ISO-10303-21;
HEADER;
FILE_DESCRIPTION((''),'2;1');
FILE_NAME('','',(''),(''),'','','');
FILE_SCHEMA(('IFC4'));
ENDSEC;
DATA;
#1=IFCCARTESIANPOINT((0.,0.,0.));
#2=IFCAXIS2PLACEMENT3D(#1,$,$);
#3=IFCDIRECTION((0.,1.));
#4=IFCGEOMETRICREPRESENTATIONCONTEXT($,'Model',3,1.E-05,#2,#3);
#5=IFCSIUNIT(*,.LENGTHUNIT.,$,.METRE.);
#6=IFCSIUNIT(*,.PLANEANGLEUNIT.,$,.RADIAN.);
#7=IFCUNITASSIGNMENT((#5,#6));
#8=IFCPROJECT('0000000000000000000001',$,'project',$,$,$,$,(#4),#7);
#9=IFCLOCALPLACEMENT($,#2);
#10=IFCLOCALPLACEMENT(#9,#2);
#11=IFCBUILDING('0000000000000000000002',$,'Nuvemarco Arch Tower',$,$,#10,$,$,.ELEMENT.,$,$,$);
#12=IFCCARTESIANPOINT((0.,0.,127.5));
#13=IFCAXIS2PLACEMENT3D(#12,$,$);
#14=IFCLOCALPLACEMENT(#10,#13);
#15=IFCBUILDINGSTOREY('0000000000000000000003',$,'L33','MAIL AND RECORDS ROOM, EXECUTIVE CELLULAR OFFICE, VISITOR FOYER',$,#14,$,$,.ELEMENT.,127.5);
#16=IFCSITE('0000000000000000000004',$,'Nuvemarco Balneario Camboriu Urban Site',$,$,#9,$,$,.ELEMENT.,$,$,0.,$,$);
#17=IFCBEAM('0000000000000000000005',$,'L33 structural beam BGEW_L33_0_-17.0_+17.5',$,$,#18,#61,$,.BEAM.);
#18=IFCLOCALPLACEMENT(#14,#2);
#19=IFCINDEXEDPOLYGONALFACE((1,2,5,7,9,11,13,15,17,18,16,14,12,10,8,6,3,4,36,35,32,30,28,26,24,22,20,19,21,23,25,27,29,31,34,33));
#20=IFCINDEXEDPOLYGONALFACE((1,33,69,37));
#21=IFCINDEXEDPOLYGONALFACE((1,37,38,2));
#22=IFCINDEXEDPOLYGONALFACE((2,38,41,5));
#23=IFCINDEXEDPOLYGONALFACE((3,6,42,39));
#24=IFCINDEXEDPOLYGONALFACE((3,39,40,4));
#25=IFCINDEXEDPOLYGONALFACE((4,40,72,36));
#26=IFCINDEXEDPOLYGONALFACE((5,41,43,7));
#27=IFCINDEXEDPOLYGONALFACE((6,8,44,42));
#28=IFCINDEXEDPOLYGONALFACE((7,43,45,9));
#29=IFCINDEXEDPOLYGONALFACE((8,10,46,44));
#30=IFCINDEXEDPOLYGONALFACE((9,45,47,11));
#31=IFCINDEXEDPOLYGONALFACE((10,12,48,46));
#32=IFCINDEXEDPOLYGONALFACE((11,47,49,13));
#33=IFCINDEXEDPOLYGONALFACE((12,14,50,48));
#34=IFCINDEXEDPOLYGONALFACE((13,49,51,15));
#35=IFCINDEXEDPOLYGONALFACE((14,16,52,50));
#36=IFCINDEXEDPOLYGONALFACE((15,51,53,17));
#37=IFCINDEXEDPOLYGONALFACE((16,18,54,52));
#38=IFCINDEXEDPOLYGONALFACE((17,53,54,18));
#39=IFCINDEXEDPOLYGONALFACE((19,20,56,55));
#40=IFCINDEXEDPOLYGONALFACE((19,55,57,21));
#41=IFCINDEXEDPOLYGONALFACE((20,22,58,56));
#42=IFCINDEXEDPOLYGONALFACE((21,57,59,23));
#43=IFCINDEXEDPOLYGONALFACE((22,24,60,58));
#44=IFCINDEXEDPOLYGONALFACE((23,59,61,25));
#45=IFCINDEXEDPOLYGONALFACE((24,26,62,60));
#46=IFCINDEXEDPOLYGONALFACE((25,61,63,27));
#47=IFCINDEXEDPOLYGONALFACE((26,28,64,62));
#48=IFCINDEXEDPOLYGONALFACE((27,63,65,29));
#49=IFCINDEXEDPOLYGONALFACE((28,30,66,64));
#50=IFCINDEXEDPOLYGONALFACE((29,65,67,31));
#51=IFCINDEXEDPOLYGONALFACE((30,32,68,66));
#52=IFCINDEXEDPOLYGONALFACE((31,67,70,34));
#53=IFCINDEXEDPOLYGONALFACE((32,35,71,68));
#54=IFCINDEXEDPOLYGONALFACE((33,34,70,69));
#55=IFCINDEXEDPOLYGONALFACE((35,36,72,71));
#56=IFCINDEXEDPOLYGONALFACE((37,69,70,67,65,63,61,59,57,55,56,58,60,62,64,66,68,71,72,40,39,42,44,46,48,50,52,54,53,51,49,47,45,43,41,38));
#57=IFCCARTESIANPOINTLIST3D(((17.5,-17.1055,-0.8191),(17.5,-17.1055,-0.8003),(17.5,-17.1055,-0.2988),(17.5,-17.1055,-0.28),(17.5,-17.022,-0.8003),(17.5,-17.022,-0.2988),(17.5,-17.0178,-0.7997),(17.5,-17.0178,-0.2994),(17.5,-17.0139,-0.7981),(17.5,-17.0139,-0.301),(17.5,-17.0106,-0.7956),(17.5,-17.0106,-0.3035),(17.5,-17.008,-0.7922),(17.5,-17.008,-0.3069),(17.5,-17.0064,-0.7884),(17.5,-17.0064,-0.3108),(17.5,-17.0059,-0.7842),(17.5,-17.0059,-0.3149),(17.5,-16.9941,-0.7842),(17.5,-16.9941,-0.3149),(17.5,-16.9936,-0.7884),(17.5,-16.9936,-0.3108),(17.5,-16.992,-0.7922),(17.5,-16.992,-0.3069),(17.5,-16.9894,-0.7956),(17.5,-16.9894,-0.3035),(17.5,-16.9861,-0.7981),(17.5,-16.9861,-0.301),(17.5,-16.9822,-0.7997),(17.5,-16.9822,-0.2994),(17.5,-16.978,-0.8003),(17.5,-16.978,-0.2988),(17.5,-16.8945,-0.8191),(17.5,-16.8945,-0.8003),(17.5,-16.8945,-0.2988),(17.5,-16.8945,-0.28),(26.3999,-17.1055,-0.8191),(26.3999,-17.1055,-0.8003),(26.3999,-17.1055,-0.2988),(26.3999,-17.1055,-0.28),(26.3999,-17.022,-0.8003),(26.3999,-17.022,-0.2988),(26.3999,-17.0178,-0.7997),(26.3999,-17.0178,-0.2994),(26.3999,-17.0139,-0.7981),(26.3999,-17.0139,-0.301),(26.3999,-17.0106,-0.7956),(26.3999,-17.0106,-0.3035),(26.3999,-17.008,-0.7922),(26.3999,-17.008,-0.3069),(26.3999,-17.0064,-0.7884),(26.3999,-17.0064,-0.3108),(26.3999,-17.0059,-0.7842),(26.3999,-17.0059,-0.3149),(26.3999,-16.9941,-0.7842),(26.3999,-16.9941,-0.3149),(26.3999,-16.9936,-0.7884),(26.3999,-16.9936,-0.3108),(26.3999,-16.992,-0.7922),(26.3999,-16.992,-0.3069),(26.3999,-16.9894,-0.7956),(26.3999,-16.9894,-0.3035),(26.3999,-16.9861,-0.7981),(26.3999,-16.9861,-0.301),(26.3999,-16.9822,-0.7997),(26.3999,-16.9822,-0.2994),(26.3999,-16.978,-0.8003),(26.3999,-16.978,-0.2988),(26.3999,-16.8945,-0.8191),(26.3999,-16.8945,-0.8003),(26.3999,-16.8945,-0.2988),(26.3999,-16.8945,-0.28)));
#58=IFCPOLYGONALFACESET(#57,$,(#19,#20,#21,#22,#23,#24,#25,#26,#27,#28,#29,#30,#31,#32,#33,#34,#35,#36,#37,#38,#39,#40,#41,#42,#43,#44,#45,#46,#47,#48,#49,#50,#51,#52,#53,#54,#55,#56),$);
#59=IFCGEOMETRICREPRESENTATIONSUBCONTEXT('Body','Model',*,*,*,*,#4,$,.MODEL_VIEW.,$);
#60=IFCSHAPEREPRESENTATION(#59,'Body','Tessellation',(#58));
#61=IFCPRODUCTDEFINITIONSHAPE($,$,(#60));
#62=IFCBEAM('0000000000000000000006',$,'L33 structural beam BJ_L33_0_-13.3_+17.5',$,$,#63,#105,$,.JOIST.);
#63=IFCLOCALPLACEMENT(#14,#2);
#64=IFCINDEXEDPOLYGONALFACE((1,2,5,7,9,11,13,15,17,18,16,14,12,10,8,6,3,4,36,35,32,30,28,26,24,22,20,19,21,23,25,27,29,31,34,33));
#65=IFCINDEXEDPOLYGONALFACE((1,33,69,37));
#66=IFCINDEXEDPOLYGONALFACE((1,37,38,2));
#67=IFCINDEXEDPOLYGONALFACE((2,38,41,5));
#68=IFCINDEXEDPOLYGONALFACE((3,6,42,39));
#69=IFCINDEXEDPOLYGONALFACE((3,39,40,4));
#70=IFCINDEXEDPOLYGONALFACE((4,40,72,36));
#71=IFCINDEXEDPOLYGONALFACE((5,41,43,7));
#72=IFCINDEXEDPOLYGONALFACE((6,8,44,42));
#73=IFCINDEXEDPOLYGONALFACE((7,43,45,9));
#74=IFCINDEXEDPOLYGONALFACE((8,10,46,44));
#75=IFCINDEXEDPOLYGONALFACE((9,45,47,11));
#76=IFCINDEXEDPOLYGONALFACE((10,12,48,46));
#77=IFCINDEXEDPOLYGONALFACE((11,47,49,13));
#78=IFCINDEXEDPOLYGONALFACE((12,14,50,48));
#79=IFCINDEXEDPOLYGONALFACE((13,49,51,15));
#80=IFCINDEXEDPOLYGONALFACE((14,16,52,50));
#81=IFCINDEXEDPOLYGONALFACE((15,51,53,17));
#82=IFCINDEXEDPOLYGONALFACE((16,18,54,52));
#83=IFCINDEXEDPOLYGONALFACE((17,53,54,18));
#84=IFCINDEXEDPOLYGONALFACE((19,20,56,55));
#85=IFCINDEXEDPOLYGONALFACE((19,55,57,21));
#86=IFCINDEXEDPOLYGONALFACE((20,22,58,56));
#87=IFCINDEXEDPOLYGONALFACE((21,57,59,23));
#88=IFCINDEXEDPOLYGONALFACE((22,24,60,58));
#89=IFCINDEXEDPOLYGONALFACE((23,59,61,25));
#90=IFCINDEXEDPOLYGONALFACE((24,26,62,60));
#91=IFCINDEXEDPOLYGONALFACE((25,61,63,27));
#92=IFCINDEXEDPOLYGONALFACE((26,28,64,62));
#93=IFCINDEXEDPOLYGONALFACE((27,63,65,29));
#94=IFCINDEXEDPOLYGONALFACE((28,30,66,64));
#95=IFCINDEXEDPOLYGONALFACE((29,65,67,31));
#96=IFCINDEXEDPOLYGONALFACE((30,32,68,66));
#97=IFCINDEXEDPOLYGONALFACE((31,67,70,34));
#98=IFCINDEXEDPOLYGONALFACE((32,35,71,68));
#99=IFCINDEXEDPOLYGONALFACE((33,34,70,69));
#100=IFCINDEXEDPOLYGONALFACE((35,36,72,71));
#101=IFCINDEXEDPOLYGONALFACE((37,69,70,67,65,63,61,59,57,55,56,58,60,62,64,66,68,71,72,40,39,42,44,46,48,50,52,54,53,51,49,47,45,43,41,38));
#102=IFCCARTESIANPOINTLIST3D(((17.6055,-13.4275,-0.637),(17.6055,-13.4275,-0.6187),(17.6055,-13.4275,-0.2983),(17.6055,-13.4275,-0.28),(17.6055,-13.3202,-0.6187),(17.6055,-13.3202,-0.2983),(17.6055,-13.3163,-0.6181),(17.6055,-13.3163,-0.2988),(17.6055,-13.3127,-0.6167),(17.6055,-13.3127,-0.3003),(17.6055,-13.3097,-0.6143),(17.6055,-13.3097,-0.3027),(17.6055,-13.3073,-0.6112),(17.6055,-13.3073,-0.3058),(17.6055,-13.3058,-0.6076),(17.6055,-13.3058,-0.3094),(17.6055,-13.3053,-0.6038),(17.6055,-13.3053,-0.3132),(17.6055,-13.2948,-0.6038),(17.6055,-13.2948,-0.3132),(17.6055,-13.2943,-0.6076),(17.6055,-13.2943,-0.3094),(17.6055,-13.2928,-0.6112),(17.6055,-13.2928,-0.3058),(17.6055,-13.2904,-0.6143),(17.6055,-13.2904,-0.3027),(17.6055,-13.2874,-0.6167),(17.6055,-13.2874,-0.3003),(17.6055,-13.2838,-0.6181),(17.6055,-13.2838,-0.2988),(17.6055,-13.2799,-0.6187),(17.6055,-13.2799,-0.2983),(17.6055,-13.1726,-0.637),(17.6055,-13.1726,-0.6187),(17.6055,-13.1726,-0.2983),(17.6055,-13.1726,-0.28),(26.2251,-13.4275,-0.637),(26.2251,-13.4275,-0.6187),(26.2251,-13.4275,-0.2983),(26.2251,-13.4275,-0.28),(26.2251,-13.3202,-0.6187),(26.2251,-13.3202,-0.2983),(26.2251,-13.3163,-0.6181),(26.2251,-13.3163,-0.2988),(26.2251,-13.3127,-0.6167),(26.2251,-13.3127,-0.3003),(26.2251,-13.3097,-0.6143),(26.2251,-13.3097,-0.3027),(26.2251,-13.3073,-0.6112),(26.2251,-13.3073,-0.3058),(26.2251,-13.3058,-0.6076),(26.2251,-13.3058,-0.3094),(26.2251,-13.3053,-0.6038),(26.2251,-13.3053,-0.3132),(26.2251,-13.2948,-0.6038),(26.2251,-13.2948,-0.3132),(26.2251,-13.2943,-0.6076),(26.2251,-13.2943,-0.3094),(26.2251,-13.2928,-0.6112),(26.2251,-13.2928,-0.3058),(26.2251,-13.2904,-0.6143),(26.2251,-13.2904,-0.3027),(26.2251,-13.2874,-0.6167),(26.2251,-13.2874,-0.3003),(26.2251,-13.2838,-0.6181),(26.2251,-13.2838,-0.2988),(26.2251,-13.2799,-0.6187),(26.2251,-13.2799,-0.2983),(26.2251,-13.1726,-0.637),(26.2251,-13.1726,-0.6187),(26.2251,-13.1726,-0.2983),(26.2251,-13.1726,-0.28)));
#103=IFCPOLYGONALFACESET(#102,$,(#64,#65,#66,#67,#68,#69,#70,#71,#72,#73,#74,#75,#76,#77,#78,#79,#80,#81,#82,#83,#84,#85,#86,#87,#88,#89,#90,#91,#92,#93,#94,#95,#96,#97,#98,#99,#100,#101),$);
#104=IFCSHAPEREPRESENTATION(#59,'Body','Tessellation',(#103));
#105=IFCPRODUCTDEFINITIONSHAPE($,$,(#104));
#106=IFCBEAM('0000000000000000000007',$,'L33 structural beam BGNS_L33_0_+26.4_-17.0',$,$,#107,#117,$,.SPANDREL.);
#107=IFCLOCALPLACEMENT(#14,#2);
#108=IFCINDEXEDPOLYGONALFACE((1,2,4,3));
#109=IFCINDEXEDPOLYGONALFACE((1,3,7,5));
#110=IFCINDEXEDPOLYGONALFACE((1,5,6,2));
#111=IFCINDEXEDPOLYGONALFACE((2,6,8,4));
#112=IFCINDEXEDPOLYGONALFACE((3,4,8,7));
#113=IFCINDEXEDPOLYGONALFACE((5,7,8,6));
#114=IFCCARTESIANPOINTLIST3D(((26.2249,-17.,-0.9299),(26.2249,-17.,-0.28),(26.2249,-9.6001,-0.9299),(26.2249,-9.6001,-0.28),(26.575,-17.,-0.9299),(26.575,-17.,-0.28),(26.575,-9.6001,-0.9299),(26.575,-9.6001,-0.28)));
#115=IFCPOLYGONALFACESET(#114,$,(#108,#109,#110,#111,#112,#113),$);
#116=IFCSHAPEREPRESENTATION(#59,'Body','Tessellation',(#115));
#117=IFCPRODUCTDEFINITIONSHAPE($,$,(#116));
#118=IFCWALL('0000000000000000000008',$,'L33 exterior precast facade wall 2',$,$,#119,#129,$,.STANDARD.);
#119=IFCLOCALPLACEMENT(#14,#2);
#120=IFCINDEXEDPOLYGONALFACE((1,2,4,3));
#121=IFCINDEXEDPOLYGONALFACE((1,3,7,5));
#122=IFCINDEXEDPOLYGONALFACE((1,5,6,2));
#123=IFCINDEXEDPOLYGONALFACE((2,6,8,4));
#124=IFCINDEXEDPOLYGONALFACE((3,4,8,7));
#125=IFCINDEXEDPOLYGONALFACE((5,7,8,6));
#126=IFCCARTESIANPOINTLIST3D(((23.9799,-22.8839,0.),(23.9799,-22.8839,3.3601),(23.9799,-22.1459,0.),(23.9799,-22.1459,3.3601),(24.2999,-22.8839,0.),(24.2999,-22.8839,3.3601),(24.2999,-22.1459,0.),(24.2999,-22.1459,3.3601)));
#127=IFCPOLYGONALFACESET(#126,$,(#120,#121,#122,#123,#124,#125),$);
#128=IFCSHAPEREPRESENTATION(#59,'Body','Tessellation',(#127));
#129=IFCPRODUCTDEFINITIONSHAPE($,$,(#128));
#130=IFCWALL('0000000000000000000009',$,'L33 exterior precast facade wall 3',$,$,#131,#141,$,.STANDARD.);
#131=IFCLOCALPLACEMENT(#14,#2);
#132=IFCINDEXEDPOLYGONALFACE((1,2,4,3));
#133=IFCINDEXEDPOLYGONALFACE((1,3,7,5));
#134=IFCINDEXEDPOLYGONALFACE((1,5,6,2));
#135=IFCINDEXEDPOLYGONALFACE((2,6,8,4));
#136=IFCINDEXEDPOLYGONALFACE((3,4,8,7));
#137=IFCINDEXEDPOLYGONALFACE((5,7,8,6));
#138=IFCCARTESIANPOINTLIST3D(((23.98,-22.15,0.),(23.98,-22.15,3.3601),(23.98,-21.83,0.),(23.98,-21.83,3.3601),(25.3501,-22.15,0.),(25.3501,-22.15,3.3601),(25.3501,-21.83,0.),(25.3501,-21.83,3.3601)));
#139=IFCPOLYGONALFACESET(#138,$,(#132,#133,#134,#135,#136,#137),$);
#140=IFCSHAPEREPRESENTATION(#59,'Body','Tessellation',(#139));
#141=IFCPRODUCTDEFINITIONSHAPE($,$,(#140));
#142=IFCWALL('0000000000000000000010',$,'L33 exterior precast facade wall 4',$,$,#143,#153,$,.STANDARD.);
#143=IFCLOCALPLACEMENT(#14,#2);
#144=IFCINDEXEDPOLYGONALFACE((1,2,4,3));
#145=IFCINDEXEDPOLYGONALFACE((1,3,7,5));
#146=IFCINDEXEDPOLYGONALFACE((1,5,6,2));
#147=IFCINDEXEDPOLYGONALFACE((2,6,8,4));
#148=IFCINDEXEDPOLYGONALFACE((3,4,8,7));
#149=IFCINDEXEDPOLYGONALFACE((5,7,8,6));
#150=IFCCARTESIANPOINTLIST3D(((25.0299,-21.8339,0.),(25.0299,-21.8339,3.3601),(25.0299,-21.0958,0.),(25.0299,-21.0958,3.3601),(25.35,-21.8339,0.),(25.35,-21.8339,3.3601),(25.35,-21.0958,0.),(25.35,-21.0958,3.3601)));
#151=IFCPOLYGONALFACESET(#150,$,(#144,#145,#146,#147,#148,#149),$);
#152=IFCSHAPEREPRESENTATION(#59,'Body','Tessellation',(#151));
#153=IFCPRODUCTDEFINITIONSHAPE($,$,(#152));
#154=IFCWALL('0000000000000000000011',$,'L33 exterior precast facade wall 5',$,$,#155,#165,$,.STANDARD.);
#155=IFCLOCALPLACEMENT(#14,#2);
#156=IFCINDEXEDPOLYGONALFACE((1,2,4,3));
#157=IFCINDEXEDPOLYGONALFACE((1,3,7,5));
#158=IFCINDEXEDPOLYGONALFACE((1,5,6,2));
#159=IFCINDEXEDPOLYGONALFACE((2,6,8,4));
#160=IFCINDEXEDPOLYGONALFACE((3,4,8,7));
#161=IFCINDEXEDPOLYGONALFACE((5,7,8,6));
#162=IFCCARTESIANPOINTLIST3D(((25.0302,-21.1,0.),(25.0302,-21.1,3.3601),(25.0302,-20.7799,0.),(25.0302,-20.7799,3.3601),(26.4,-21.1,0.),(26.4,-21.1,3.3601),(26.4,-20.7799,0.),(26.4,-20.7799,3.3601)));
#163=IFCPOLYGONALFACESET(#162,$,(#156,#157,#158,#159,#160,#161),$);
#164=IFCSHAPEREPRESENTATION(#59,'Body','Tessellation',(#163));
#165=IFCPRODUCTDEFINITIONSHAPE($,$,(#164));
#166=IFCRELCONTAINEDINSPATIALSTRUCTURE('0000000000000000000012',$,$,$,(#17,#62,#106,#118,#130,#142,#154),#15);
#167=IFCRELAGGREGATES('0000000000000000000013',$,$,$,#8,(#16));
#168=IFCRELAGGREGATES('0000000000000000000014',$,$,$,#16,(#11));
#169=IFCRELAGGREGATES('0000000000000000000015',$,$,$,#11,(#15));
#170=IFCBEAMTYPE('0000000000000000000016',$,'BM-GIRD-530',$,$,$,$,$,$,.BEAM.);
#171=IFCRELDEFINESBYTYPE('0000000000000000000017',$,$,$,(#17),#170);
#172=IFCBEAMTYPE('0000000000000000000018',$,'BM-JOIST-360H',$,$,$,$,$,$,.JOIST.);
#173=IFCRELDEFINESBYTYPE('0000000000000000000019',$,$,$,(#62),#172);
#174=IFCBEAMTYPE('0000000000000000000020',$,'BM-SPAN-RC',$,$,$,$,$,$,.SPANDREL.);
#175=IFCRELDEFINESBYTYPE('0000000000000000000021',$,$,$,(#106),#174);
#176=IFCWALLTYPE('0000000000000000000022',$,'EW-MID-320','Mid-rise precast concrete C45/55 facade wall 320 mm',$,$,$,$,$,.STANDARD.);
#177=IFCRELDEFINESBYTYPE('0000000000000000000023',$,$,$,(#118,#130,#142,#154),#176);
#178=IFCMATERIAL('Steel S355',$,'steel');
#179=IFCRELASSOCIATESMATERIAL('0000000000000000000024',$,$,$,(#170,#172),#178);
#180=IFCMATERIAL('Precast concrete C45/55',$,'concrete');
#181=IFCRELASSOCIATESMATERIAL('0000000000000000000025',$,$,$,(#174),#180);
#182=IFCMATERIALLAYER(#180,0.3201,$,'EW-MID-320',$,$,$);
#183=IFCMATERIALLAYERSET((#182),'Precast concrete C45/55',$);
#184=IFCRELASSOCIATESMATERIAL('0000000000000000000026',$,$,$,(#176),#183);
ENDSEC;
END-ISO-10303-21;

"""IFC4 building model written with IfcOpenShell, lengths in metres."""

from ifc_helpers import new_model, si_unit, direction, frame, frame_2d, origin, origin_2d, place, context, subcontext, project, spatial, rectangle, i_section, extrude, material, layer, layer_set, material_profile, profile_set, type_object, element, save


model = new_model("IFC4")

# Units and contexts
model_context = context("Model", 3, precision=1e-05, world=origin(), true_north=direction((0.0, 1.0)))
body_context = subcontext(model_context, "Body", "Model", "MODEL_VIEW")
ifc_project = project(units=[si_unit("LENGTHUNIT", "METRE"), si_unit("PLANEANGLEUNIT", "RADIAN")], contexts=[model_context])

# Site, building, storey
site_placement = place(None, origin())
site = spatial("IfcSite", under=ifc_project, at=site_placement, Name="Nuvemarco Balneario Camboriu Urban Site", CompositionType="ELEMENT", RefElevation=0.0)
building_placement = place(site_placement, origin())
building = spatial("IfcBuilding", under=site, at=building_placement, Name="Nuvemarco Arch Tower", CompositionType="ELEMENT")
storey_placement = place(building_placement, frame((0.0, 0.0, 127.5)))
storey = spatial("IfcBuildingStorey", under=building, at=storey_placement, Name="L33", Description="MAIL AND RECORDS ROOM, EXECUTIVE CELLULAR OFFICE, VISITOR FOYER", CompositionType="ELEMENT", Elevation=127.5)

# Shared definitions
ifc_material_1 = material(Name="Steel S355", Category="steel")

# Beams
ifc_material_profile_1 = material_profile(ifc_material_1, i_section(OverallWidth=0.2109, OverallDepth=0.5391, WebThickness=0.0117, FlangeThickness=0.0188, FilletRadius=0.0161, at=origin_2d()), Name="W530x109")
ifc_profile_set_1 = profile_set([ifc_material_profile_1], Name="Steel S355")
beam_type_1 = type_object("IfcBeamType", Name="BM-GIRD-530", PredefinedType="BEAM", material=ifc_profile_set_1)
beam_1_placement = place(storey_placement, frame((17.5, -17.0, -0.5496), z_axis=(1.0, 0.0, 0.0), x_axis=(0.0, 1.0, 0.0)))
element("IfcBeam", 1, at=beam_1_placement, inside=storey, type_object=beam_type_1, Name="L33 structural beam BGEW_L33_0_-17.0_+17.5", PredefinedType="BEAM", context=body_context, shape_type="SweptSolid", body=[
    extrude(i_section(OverallWidth=0.2109, OverallDepth=0.5391, WebThickness=0.0117, FlangeThickness=0.0188, FilletRadius=0.0161, at=origin_2d()), origin(), (0.0, 0.0, 1.0), 8.8999),
])
ifc_material_profile_2 = material_profile(ifc_material_1, i_section(OverallWidth=0.2549, OverallDepth=0.3569, WebThickness=0.0105, FlangeThickness=0.0183, FilletRadius=0.0149, at=origin_2d()), Name="W360x101")
ifc_profile_set_2 = profile_set([ifc_material_profile_2], Name="Steel S355")
beam_type_2 = type_object("IfcBeamType", Name="BM-JOIST-360H", PredefinedType="JOIST", material=ifc_profile_set_2)
beam_2_placement = place(storey_placement, frame((17.6055, -13.3, -0.4585), z_axis=(1.0, 0.0, 0.0), x_axis=(0.0, 1.0, 0.0)))
element("IfcBeam", 2, at=beam_2_placement, inside=storey, type_object=beam_type_2, Name="L33 structural beam BJ_L33_0_-13.3_+17.5", PredefinedType="JOIST", context=body_context, shape_type="SweptSolid", body=[
    extrude(i_section(OverallWidth=0.2549, OverallDepth=0.3569, WebThickness=0.0105, FlangeThickness=0.0183, FilletRadius=0.0149, at=origin_2d()), origin(), (0.0, 0.0, 1.0), 8.6196),
])
ifc_material_2 = material(Name="Precast concrete C45/55", Category="concrete")
ifc_material_profile_3 = material_profile(ifc_material_2, rectangle(XDim=0.3501, YDim=0.6499, at=origin_2d()), Name="PC-SP-350x650")
ifc_profile_set_3 = profile_set([ifc_material_profile_3], Name="Precast concrete C45/55")
beam_type_3 = type_object("IfcBeamType", Name="BM-SPAN-RC", PredefinedType="SPANDREL", material=ifc_profile_set_3)
beam_3_placement = place(storey_placement, frame((26.3999, -17.0, -0.605), z_axis=(0.0, 1.0, 0.0), x_axis=(-1.0, 0.0, 0.0)))
element("IfcBeam", 3, at=beam_3_placement, inside=storey, type_object=beam_type_3, Name="L33 structural beam BGNS_L33_0_+26.4_-17.0", PredefinedType="SPANDREL", context=body_context, shape_type="SweptSolid", body=[
    extrude(rectangle(XDim=0.3501, YDim=0.6499, at=origin_2d()), origin(), (0.0, 0.0, 1.0), 7.3999),
])

# Walls
ifc_layer_1 = layer(ifc_material_2, 0.3201, Name="EW-MID-320")
ifc_layer_set_1 = layer_set([ifc_layer_1], Name="Precast concrete C45/55")
wall_type_1 = type_object("IfcWallType", Name="EW-MID-320", Description="Mid-rise precast concrete C45/55 facade wall 320 mm", PredefinedType="STANDARD", material=ifc_layer_set_1)
wall_1_placement = place(storey_placement, frame((24.1399, -22.884, 0.0), z_axis=(0.0, 0.0, 1.0), x_axis=(0.0, 1.0, 0.0)))
element("IfcWall", 4, at=wall_1_placement, inside=storey, type_object=wall_type_1, Name="L33 exterior precast facade wall 2", PredefinedType="STANDARD", context=body_context, shape_type="SweptSolid", body=[
    extrude(rectangle(XDim=0.738, YDim=0.3201, at=frame_2d((0.3691, 0.0))), origin(), (0.0, 0.0, 1.0), 3.3601),
])
wall_2_placement = place(storey_placement, frame((23.98, -21.99, 0.0), z_axis=(0.0, 0.0, 1.0), x_axis=(1.0, 0.0, 0.0)))
element("IfcWall", 5, at=wall_2_placement, inside=storey, type_object=wall_type_1, Name="L33 exterior precast facade wall 3", PredefinedType="STANDARD", context=body_context, shape_type="SweptSolid", body=[
    extrude(rectangle(XDim=1.3701, YDim=0.3201, at=frame_2d((0.6851, 0.0))), origin(), (0.0, 0.0, 1.0), 3.3601),
])
wall_3_placement = place(storey_placement, frame((25.1899, -21.834, 0.0), z_axis=(0.0, 0.0, 1.0), x_axis=(0.0, 1.0, 0.0)))
element("IfcWall", 6, at=wall_3_placement, inside=storey, type_object=wall_type_1, Name="L33 exterior precast facade wall 4", PredefinedType="STANDARD", context=body_context, shape_type="SweptSolid", body=[
    extrude(rectangle(XDim=0.738, YDim=0.3201, at=frame_2d((0.3691, 0.0))), origin(), (0.0, 0.0, 1.0), 3.3601),
])
wall_4_placement = place(storey_placement, frame((25.03, -20.9399, 0.0), z_axis=(0.0, 0.0, 1.0), x_axis=(1.0, 0.0, 0.0)))
element("IfcWall", 7, at=wall_4_placement, inside=storey, type_object=wall_type_1, Name="L33 exterior precast facade wall 5", PredefinedType="STANDARD", context=body_context, shape_type="SweptSolid", body=[
    extrude(rectangle(XDim=1.3699, YDim=0.3201, at=frame_2d((0.6851, 0.0))), origin(), (0.0, 0.0, 1.0), 3.3601),
])

save(model, "model.ifc")
